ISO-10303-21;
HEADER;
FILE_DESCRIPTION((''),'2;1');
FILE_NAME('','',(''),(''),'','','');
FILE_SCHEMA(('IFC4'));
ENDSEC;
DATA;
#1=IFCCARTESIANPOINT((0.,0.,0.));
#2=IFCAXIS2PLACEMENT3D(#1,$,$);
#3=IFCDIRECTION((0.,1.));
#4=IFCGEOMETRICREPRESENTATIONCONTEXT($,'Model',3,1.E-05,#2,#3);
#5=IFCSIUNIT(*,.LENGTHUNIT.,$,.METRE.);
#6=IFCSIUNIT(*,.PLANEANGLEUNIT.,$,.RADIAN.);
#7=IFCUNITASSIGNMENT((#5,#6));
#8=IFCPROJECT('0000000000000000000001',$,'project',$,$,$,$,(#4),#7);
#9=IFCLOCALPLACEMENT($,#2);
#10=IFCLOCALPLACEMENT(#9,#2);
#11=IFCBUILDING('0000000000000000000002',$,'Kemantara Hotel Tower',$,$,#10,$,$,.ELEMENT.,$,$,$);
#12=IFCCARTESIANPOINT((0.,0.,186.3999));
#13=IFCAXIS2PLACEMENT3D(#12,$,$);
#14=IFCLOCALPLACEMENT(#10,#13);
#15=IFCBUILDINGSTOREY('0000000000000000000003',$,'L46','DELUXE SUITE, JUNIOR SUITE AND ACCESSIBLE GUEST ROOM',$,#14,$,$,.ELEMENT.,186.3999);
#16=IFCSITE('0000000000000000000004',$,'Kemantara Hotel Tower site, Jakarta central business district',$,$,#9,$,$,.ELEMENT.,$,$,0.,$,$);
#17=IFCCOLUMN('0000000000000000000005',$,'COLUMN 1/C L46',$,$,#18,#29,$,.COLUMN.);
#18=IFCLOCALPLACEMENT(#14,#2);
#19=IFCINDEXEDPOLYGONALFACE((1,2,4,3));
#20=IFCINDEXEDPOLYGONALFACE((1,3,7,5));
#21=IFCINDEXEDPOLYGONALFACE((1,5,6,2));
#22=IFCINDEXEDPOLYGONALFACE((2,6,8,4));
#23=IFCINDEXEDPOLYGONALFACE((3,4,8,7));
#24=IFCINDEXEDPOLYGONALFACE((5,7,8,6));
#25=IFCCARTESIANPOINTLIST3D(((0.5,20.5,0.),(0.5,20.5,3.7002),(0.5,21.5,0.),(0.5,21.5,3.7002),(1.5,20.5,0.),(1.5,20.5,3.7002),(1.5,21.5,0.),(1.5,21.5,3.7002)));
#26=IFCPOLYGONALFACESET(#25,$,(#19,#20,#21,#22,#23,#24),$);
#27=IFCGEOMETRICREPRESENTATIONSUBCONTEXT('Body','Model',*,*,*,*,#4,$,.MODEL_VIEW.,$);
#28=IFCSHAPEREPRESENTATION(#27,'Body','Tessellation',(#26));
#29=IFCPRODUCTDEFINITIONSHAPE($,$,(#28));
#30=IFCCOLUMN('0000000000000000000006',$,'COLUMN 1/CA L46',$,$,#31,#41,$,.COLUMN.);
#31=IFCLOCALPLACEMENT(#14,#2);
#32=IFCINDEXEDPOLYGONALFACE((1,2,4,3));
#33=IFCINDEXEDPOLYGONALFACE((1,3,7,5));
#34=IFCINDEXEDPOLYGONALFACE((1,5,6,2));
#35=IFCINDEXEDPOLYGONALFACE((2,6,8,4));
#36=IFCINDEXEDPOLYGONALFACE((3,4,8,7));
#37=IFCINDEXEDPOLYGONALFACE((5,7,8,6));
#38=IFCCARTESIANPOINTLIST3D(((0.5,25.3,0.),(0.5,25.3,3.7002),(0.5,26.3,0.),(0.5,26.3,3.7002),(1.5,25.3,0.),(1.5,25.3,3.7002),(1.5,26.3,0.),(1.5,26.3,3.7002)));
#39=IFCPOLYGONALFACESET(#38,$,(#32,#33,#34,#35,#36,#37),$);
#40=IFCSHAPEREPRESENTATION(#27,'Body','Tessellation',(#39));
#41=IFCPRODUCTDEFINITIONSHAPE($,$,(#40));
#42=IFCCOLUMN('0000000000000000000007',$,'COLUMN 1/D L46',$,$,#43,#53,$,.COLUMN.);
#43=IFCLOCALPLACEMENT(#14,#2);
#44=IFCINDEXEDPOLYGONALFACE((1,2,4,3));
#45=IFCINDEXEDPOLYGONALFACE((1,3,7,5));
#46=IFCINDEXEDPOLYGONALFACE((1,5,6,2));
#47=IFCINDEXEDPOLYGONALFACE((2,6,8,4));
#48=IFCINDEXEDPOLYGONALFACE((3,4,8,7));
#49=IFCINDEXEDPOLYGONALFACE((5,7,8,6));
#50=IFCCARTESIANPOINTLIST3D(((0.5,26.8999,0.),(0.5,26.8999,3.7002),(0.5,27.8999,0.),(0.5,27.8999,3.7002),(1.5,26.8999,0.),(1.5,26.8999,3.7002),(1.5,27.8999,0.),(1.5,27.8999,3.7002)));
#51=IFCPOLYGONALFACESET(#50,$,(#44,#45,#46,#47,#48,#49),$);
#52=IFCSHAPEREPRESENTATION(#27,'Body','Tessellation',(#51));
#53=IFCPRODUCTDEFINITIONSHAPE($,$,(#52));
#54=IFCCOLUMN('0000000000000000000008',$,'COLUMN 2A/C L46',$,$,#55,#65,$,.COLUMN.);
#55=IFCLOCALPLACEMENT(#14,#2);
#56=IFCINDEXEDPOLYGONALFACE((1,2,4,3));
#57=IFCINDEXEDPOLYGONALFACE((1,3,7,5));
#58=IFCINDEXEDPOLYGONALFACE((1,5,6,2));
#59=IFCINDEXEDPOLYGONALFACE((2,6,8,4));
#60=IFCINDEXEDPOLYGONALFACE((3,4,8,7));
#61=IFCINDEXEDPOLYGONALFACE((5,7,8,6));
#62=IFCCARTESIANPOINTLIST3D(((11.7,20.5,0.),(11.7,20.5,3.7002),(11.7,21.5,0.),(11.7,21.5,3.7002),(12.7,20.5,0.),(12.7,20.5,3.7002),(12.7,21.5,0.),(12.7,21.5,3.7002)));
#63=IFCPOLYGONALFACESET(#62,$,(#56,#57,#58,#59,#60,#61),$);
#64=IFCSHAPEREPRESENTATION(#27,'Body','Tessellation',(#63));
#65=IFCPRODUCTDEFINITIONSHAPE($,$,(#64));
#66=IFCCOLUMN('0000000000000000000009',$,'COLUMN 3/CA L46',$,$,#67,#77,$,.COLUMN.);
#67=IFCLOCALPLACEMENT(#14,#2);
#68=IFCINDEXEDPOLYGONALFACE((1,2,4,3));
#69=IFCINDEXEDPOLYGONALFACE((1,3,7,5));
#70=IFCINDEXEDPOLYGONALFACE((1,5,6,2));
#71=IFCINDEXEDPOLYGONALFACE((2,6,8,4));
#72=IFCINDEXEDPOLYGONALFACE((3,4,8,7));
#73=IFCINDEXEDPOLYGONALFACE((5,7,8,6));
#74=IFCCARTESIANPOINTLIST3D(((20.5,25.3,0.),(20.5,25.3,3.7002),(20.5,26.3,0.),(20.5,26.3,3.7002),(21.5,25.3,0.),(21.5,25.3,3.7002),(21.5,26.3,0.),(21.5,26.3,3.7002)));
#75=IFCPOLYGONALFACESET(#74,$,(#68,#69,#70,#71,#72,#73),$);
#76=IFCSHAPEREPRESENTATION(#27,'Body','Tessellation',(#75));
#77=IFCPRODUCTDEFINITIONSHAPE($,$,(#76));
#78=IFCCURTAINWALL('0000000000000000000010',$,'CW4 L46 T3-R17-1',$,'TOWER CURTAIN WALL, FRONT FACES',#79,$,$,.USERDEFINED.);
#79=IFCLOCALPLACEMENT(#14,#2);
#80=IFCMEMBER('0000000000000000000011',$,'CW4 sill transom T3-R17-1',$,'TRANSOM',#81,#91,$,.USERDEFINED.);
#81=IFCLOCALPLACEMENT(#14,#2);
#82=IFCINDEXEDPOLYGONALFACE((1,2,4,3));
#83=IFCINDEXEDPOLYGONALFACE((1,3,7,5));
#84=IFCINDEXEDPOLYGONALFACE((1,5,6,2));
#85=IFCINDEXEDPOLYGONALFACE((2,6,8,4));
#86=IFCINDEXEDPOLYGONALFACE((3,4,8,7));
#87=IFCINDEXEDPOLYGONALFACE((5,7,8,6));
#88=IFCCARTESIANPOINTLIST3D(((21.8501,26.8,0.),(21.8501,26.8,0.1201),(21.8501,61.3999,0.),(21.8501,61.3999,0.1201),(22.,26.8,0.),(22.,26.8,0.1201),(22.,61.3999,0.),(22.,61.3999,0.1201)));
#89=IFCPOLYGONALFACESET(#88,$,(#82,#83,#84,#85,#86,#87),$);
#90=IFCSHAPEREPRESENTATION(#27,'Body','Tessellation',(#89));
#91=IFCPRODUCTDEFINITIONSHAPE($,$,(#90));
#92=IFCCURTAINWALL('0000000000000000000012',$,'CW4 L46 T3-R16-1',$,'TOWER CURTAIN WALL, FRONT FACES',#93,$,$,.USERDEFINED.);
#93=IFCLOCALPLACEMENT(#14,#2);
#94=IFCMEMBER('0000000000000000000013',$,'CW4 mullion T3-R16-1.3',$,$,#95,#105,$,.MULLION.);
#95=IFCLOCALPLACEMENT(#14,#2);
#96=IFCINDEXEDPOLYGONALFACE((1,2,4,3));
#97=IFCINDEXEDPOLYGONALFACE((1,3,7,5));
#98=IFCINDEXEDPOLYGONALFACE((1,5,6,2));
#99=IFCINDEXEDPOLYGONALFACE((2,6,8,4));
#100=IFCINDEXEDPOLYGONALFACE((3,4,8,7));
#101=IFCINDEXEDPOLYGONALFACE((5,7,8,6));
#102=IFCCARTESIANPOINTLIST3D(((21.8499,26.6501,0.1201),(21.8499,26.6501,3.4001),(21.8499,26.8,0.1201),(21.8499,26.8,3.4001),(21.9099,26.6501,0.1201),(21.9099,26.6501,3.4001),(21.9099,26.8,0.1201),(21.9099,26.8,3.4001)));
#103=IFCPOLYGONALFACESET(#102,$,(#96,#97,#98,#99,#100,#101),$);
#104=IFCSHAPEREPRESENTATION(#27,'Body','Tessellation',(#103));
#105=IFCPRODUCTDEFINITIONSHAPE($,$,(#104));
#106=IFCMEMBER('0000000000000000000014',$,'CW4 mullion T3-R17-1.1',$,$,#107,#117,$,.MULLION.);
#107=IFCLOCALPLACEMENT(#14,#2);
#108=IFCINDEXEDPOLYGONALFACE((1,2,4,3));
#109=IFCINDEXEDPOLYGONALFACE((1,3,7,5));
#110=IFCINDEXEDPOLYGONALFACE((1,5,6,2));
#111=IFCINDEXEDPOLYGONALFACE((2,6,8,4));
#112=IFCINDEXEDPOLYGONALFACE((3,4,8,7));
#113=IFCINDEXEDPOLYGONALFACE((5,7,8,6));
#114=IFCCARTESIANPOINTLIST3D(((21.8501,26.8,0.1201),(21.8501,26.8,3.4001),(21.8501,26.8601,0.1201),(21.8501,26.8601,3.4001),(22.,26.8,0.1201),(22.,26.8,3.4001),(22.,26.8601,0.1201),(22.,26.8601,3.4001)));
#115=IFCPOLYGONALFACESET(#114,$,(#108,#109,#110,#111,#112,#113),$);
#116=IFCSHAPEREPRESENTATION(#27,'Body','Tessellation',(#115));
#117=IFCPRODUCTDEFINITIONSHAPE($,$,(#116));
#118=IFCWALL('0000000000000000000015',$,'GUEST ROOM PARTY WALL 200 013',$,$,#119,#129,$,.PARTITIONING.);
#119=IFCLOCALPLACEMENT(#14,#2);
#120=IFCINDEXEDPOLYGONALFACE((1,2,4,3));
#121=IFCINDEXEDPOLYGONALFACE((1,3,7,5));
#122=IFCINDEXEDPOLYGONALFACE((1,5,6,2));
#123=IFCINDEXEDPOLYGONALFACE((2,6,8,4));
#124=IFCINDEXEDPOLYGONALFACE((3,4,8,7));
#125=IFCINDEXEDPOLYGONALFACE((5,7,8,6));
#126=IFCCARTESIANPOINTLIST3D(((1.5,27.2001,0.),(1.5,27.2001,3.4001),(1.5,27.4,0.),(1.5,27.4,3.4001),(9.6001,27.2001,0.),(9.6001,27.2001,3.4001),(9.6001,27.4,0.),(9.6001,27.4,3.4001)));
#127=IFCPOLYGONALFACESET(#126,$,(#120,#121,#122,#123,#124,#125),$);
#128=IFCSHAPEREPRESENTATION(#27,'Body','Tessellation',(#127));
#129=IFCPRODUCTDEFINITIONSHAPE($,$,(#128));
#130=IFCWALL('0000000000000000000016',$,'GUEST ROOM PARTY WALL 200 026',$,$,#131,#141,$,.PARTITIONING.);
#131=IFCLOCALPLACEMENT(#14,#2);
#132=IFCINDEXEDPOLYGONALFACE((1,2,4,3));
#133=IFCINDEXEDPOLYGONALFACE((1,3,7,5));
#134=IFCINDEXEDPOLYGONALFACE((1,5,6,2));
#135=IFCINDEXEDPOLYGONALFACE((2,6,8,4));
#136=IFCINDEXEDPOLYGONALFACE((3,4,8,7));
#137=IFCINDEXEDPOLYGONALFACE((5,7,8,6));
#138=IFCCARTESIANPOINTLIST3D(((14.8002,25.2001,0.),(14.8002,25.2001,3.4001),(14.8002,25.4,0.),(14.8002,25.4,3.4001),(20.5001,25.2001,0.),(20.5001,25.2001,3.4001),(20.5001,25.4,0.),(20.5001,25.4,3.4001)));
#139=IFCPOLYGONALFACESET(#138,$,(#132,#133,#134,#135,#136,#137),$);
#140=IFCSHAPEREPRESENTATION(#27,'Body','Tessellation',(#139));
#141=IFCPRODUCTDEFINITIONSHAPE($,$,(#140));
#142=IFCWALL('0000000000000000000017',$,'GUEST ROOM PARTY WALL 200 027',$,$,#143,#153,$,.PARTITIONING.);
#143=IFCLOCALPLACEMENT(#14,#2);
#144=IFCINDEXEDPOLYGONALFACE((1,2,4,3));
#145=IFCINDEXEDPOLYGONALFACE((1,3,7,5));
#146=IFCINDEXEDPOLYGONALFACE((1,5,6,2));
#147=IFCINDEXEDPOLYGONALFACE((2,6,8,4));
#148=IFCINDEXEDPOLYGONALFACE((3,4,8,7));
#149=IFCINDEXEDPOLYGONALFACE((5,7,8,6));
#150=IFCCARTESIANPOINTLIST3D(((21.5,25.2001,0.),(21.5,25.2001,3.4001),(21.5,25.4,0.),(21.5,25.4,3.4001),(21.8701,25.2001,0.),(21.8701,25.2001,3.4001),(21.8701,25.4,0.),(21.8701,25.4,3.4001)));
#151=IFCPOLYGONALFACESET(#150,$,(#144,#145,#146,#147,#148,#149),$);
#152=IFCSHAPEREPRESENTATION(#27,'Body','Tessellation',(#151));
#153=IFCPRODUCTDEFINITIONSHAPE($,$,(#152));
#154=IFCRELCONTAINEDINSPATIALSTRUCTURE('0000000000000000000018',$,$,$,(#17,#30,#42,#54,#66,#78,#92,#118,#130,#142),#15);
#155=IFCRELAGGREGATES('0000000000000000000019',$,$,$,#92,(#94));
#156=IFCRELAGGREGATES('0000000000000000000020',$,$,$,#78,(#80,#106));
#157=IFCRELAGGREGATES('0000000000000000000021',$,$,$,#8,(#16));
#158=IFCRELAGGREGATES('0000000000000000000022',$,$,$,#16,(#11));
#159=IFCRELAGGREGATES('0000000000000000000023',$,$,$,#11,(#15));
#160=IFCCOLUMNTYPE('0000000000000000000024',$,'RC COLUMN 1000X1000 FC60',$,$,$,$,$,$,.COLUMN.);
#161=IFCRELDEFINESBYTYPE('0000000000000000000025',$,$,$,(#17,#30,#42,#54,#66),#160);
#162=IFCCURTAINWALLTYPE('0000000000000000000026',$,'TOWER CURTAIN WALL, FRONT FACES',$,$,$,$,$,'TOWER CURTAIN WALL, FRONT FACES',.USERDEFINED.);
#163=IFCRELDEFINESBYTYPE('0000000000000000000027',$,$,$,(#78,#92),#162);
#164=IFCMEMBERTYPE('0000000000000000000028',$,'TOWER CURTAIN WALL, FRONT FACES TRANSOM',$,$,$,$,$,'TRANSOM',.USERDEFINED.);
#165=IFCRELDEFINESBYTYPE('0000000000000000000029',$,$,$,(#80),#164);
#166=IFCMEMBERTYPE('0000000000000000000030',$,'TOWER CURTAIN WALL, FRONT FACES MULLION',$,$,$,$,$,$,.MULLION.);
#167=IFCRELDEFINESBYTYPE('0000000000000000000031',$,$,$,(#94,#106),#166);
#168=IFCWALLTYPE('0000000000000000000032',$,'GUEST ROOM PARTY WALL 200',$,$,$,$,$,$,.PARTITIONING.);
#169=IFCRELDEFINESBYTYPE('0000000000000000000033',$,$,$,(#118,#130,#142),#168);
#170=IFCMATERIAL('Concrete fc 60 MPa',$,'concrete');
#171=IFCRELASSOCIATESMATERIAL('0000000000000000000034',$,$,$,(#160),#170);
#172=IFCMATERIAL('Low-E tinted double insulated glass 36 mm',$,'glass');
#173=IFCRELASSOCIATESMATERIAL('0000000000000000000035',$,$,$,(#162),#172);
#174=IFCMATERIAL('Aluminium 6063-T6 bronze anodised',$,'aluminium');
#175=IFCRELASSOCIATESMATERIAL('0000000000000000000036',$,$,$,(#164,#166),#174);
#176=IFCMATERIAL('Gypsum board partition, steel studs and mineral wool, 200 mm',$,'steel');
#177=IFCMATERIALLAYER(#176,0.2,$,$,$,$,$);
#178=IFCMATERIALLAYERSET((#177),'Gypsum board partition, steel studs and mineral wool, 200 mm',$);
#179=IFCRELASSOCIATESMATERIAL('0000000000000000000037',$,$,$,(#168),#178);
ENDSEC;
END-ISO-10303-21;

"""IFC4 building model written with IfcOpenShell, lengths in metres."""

from ifc_helpers import new_model, si_unit, direction, frame, frame_2d, origin, origin_2d, place, context, subcontext, project, spatial, rectangle, extrude, source, transform, mapped, material, layer, layer_set, material_profile, profile_set, type_object, element, aggregate, save


model = new_model("IFC4")

# Units and contexts
model_context = context("Model", 3, precision=1e-05, world=origin(), true_north=direction((0.0, 1.0)))
body_context = subcontext(model_context, "Body", "Model", "MODEL_VIEW")
ifc_project = project(units=[si_unit("LENGTHUNIT", "METRE"), si_unit("PLANEANGLEUNIT", "RADIAN")], contexts=[model_context])

# Site, building, storey
site_placement = place(None, origin())
site = spatial("IfcSite", under=ifc_project, at=site_placement, Name="Kemantara Hotel Tower site, Jakarta central business district", CompositionType="ELEMENT", RefElevation=0.0)
building_placement = place(site_placement, origin())
building = spatial("IfcBuilding", under=site, at=building_placement, Name="Kemantara Hotel Tower", CompositionType="ELEMENT")
storey_placement = place(building_placement, frame((0.0, 0.0, 186.3999)))
storey = spatial("IfcBuildingStorey", under=building, at=storey_placement, Name="L46", Description="DELUXE SUITE, JUNIOR SUITE AND ACCESSIBLE GUEST ROOM", CompositionType="ELEMENT", Elevation=186.3999)

# Columns
ifc_material_1 = material(Name="Concrete fc 60 MPa", Category="concrete")
ifc_material_profile_1 = material_profile(ifc_material_1, rectangle(XDim=1.0, YDim=1.0, at=origin_2d()), Name="RC 1000X1000")
ifc_profile_set_1 = profile_set([ifc_material_profile_1], Name="Concrete fc 60 MPa")
column_type = type_object("IfcColumnType", Name="RC COLUMN 1000X1000 FC60", PredefinedType="COLUMN", material=ifc_profile_set_1)
for number, where, z_axis, x_axis, name in (
    (1, (1.0, 21.0, 0.0), (0.0, 0.0, 1.0), (1.0, 0.0, 0.0), "COLUMN 1/C L46"),
    (2, (1.0, 25.8, 0.0), (0.0, 0.0, 1.0), (1.0, 0.0, 0.0), "COLUMN 1/CA L46"),
    (3, (1.0, 27.3999, 0.0), (0.0, 0.0, 1.0), (1.0, 0.0, 0.0), "COLUMN 1/D L46"),
    (4, (12.2, 21.0, 0.0), (0.0, 0.0, 1.0), (1.0, 0.0, 0.0), "COLUMN 2A/C L46"),
    (5, (21.0, 25.8, 0.0), (0.0, 0.0, 1.0), (1.0, 0.0, 0.0), "COLUMN 3/CA L46"),
):
    element("IfcColumn", number, at=place(storey_placement, frame(where, z_axis=z_axis, x_axis=x_axis)), inside=storey, type_object=column_type, Name=name, PredefinedType="COLUMN", context=body_context, shape_type="SweptSolid", body=[
        extrude(rectangle(XDim=1.0, YDim=1.0, at=origin_2d()), origin(), (0.0, 0.0, 1.0), 3.7002),
    ])

# Curtain walls, members
ifc_material_2 = material(Name="Low-E tinted double insulated glass 36 mm", Category="glass")
curtain_wall_type = type_object("IfcCurtainWallType", Name="TOWER CURTAIN WALL, FRONT FACES", ElementType="TOWER CURTAIN WALL, FRONT FACES", PredefinedType="USERDEFINED", material=ifc_material_2)
curtain_wall_1_placement = place(storey_placement, origin())
curtain_wall_1 = element("IfcCurtainWall", 6, at=curtain_wall_1_placement, inside=storey, type_object=curtain_wall_type, Name="CW4 L46 T3-R17-1", ObjectType="TOWER CURTAIN WALL, FRONT FACES", PredefinedType="USERDEFINED")
ifc_material_3 = material(Name="Aluminium 6063-T6 bronze anodised", Category="aluminium")
ifc_material_profile_2 = material_profile(ifc_material_3, rectangle(XDim=0.1499, YDim=0.1201, at=origin_2d()), Name="TOWER CURTAIN WALL, FRONT FACES TRANSOM")
ifc_profile_set_2 = profile_set([ifc_material_profile_2], Name="Aluminium 6063-T6 bronze anodised")
member_type_1 = type_object("IfcMemberType", Name="TOWER CURTAIN WALL, FRONT FACES TRANSOM", ElementType="TRANSOM", PredefinedType="USERDEFINED", material=ifc_profile_set_2)
member_1_placement = place(storey_placement, frame((21.925, 26.8, 0.0601), z_axis=(0.0, 1.0, 0.0), x_axis=(-1.0, 0.0, 0.0)))
member_1 = element("IfcMember", 7, at=member_1_placement, type_object=member_type_1, Name="CW4 sill transom T3-R17-1", ObjectType="TRANSOM", PredefinedType="USERDEFINED", context=body_context, shape_type="SweptSolid", body=[
    extrude(rectangle(XDim=0.1499, YDim=0.1201, at=origin_2d()), origin(), (0.0, 0.0, 1.0), 34.5999),
])
curtain_wall_2_placement = place(storey_placement, origin())
curtain_wall_2 = element("IfcCurtainWall", 8, at=curtain_wall_2_placement, inside=storey, type_object=curtain_wall_type, Name="CW4 L46 T3-R16-1", ObjectType="TOWER CURTAIN WALL, FRONT FACES", PredefinedType="USERDEFINED")
ifc_material_profile_3 = material_profile(ifc_material_3, rectangle(XDim=0.1499, YDim=0.0601, at=origin_2d()), Name="TOWER CURTAIN WALL, FRONT FACES MULLION")
ifc_profile_set_3 = profile_set([ifc_material_profile_3], Name="Aluminium 6063-T6 bronze anodised")
member_type_2 = type_object("IfcMemberType", Name="TOWER CURTAIN WALL, FRONT FACES MULLION", PredefinedType="MULLION", material=ifc_profile_set_3)
shared_shape_1 = source(origin(), body_context, "Body", "SweptSolid", [
    extrude(rectangle(XDim=0.1499, YDim=0.0601, at=origin_2d()), origin(), (0.0, 0.0, 1.0), 3.28),
])
member_2_placement = place(storey_placement, frame((21.8799, 26.7251, 0.1201), z_axis=(0.0, 0.0, 1.0), x_axis=(0.0, -1.0, 0.0)))
member_2 = element("IfcMember", 9, at=member_2_placement, type_object=member_type_2, Name="CW4 mullion T3-R16-1.3", PredefinedType="MULLION", context=body_context, shape_type="MappedRepresentation", body=[
    mapped(shared_shape_1, transform((0.0, 0.0, 0.0))),
])
aggregate(curtain_wall_2, [member_2])

# Member
member_3_placement = place(storey_placement, frame((21.925, 26.8301, 0.1201), z_axis=(0.0, 0.0, 1.0), x_axis=(-1.0, 0.0, 0.0)))
member_3 = element("IfcMember", 10, at=member_3_placement, type_object=member_type_2, Name="CW4 mullion T3-R17-1.1", PredefinedType="MULLION", context=body_context, shape_type="MappedRepresentation", body=[
    mapped(shared_shape_1, transform((0.0, 0.0, 0.0))),
])
aggregate(curtain_wall_1, [member_1, member_3])

# Walls
ifc_material_4 = material(Name="Gypsum board partition, steel studs and mineral wool, 200 mm", Category="steel")
ifc_layer_1 = layer(ifc_material_4, 0.2)
ifc_layer_set_1 = layer_set([ifc_layer_1], Name="Gypsum board partition, steel studs and mineral wool, 200 mm")
wall_type_1 = type_object("IfcWallType", Name="GUEST ROOM PARTY WALL 200", PredefinedType="PARTITIONING", material=ifc_layer_set_1)
wall_1_placement = place(storey_placement, frame((1.5, 27.3, 0.0), z_axis=(0.0, 0.0, 1.0), x_axis=(1.0, 0.0, 0.0)))
element("IfcWall", 11, at=wall_1_placement, inside=storey, type_object=wall_type_1, Name="GUEST ROOM PARTY WALL 200 013", PredefinedType="PARTITIONING", context=body_context, shape_type="SweptSolid", body=[
    extrude(rectangle(XDim=8.1001, YDim=0.2, at=frame_2d((4.05, 0.0))), origin(), (0.0, 0.0, 1.0), 3.4001),
])
wall_2_placement = place(storey_placement, frame((14.8, 25.3, 0.0), z_axis=(0.0, 0.0, 1.0), x_axis=(1.0, 0.0, 0.0)))
element("IfcWall", 12, at=wall_2_placement, inside=storey, type_object=wall_type_1, Name="GUEST ROOM PARTY WALL 200 026", PredefinedType="PARTITIONING", context=body_context, shape_type="SweptSolid", body=[
    extrude(rectangle(XDim=5.7, YDim=0.2, at=frame_2d((2.8501, 0.0))), origin(), (0.0, 0.0, 1.0), 3.4001),
])
wall_3_placement = place(storey_placement, frame((21.5, 25.3, 0.0), z_axis=(0.0, 0.0, 1.0), x_axis=(1.0, 0.0, 0.0)))
element("IfcWall", 13, at=wall_3_placement, inside=storey, type_object=wall_type_1, Name="GUEST ROOM PARTY WALL 200 027", PredefinedType="PARTITIONING", context=body_context, shape_type="SweptSolid", body=[
    extrude(rectangle(XDim=0.3701, YDim=0.2, at=frame_2d((0.1851, 0.0))), origin(), (0.0, 0.0, 1.0), 3.4001),
])

save(model, "model.ifc")
